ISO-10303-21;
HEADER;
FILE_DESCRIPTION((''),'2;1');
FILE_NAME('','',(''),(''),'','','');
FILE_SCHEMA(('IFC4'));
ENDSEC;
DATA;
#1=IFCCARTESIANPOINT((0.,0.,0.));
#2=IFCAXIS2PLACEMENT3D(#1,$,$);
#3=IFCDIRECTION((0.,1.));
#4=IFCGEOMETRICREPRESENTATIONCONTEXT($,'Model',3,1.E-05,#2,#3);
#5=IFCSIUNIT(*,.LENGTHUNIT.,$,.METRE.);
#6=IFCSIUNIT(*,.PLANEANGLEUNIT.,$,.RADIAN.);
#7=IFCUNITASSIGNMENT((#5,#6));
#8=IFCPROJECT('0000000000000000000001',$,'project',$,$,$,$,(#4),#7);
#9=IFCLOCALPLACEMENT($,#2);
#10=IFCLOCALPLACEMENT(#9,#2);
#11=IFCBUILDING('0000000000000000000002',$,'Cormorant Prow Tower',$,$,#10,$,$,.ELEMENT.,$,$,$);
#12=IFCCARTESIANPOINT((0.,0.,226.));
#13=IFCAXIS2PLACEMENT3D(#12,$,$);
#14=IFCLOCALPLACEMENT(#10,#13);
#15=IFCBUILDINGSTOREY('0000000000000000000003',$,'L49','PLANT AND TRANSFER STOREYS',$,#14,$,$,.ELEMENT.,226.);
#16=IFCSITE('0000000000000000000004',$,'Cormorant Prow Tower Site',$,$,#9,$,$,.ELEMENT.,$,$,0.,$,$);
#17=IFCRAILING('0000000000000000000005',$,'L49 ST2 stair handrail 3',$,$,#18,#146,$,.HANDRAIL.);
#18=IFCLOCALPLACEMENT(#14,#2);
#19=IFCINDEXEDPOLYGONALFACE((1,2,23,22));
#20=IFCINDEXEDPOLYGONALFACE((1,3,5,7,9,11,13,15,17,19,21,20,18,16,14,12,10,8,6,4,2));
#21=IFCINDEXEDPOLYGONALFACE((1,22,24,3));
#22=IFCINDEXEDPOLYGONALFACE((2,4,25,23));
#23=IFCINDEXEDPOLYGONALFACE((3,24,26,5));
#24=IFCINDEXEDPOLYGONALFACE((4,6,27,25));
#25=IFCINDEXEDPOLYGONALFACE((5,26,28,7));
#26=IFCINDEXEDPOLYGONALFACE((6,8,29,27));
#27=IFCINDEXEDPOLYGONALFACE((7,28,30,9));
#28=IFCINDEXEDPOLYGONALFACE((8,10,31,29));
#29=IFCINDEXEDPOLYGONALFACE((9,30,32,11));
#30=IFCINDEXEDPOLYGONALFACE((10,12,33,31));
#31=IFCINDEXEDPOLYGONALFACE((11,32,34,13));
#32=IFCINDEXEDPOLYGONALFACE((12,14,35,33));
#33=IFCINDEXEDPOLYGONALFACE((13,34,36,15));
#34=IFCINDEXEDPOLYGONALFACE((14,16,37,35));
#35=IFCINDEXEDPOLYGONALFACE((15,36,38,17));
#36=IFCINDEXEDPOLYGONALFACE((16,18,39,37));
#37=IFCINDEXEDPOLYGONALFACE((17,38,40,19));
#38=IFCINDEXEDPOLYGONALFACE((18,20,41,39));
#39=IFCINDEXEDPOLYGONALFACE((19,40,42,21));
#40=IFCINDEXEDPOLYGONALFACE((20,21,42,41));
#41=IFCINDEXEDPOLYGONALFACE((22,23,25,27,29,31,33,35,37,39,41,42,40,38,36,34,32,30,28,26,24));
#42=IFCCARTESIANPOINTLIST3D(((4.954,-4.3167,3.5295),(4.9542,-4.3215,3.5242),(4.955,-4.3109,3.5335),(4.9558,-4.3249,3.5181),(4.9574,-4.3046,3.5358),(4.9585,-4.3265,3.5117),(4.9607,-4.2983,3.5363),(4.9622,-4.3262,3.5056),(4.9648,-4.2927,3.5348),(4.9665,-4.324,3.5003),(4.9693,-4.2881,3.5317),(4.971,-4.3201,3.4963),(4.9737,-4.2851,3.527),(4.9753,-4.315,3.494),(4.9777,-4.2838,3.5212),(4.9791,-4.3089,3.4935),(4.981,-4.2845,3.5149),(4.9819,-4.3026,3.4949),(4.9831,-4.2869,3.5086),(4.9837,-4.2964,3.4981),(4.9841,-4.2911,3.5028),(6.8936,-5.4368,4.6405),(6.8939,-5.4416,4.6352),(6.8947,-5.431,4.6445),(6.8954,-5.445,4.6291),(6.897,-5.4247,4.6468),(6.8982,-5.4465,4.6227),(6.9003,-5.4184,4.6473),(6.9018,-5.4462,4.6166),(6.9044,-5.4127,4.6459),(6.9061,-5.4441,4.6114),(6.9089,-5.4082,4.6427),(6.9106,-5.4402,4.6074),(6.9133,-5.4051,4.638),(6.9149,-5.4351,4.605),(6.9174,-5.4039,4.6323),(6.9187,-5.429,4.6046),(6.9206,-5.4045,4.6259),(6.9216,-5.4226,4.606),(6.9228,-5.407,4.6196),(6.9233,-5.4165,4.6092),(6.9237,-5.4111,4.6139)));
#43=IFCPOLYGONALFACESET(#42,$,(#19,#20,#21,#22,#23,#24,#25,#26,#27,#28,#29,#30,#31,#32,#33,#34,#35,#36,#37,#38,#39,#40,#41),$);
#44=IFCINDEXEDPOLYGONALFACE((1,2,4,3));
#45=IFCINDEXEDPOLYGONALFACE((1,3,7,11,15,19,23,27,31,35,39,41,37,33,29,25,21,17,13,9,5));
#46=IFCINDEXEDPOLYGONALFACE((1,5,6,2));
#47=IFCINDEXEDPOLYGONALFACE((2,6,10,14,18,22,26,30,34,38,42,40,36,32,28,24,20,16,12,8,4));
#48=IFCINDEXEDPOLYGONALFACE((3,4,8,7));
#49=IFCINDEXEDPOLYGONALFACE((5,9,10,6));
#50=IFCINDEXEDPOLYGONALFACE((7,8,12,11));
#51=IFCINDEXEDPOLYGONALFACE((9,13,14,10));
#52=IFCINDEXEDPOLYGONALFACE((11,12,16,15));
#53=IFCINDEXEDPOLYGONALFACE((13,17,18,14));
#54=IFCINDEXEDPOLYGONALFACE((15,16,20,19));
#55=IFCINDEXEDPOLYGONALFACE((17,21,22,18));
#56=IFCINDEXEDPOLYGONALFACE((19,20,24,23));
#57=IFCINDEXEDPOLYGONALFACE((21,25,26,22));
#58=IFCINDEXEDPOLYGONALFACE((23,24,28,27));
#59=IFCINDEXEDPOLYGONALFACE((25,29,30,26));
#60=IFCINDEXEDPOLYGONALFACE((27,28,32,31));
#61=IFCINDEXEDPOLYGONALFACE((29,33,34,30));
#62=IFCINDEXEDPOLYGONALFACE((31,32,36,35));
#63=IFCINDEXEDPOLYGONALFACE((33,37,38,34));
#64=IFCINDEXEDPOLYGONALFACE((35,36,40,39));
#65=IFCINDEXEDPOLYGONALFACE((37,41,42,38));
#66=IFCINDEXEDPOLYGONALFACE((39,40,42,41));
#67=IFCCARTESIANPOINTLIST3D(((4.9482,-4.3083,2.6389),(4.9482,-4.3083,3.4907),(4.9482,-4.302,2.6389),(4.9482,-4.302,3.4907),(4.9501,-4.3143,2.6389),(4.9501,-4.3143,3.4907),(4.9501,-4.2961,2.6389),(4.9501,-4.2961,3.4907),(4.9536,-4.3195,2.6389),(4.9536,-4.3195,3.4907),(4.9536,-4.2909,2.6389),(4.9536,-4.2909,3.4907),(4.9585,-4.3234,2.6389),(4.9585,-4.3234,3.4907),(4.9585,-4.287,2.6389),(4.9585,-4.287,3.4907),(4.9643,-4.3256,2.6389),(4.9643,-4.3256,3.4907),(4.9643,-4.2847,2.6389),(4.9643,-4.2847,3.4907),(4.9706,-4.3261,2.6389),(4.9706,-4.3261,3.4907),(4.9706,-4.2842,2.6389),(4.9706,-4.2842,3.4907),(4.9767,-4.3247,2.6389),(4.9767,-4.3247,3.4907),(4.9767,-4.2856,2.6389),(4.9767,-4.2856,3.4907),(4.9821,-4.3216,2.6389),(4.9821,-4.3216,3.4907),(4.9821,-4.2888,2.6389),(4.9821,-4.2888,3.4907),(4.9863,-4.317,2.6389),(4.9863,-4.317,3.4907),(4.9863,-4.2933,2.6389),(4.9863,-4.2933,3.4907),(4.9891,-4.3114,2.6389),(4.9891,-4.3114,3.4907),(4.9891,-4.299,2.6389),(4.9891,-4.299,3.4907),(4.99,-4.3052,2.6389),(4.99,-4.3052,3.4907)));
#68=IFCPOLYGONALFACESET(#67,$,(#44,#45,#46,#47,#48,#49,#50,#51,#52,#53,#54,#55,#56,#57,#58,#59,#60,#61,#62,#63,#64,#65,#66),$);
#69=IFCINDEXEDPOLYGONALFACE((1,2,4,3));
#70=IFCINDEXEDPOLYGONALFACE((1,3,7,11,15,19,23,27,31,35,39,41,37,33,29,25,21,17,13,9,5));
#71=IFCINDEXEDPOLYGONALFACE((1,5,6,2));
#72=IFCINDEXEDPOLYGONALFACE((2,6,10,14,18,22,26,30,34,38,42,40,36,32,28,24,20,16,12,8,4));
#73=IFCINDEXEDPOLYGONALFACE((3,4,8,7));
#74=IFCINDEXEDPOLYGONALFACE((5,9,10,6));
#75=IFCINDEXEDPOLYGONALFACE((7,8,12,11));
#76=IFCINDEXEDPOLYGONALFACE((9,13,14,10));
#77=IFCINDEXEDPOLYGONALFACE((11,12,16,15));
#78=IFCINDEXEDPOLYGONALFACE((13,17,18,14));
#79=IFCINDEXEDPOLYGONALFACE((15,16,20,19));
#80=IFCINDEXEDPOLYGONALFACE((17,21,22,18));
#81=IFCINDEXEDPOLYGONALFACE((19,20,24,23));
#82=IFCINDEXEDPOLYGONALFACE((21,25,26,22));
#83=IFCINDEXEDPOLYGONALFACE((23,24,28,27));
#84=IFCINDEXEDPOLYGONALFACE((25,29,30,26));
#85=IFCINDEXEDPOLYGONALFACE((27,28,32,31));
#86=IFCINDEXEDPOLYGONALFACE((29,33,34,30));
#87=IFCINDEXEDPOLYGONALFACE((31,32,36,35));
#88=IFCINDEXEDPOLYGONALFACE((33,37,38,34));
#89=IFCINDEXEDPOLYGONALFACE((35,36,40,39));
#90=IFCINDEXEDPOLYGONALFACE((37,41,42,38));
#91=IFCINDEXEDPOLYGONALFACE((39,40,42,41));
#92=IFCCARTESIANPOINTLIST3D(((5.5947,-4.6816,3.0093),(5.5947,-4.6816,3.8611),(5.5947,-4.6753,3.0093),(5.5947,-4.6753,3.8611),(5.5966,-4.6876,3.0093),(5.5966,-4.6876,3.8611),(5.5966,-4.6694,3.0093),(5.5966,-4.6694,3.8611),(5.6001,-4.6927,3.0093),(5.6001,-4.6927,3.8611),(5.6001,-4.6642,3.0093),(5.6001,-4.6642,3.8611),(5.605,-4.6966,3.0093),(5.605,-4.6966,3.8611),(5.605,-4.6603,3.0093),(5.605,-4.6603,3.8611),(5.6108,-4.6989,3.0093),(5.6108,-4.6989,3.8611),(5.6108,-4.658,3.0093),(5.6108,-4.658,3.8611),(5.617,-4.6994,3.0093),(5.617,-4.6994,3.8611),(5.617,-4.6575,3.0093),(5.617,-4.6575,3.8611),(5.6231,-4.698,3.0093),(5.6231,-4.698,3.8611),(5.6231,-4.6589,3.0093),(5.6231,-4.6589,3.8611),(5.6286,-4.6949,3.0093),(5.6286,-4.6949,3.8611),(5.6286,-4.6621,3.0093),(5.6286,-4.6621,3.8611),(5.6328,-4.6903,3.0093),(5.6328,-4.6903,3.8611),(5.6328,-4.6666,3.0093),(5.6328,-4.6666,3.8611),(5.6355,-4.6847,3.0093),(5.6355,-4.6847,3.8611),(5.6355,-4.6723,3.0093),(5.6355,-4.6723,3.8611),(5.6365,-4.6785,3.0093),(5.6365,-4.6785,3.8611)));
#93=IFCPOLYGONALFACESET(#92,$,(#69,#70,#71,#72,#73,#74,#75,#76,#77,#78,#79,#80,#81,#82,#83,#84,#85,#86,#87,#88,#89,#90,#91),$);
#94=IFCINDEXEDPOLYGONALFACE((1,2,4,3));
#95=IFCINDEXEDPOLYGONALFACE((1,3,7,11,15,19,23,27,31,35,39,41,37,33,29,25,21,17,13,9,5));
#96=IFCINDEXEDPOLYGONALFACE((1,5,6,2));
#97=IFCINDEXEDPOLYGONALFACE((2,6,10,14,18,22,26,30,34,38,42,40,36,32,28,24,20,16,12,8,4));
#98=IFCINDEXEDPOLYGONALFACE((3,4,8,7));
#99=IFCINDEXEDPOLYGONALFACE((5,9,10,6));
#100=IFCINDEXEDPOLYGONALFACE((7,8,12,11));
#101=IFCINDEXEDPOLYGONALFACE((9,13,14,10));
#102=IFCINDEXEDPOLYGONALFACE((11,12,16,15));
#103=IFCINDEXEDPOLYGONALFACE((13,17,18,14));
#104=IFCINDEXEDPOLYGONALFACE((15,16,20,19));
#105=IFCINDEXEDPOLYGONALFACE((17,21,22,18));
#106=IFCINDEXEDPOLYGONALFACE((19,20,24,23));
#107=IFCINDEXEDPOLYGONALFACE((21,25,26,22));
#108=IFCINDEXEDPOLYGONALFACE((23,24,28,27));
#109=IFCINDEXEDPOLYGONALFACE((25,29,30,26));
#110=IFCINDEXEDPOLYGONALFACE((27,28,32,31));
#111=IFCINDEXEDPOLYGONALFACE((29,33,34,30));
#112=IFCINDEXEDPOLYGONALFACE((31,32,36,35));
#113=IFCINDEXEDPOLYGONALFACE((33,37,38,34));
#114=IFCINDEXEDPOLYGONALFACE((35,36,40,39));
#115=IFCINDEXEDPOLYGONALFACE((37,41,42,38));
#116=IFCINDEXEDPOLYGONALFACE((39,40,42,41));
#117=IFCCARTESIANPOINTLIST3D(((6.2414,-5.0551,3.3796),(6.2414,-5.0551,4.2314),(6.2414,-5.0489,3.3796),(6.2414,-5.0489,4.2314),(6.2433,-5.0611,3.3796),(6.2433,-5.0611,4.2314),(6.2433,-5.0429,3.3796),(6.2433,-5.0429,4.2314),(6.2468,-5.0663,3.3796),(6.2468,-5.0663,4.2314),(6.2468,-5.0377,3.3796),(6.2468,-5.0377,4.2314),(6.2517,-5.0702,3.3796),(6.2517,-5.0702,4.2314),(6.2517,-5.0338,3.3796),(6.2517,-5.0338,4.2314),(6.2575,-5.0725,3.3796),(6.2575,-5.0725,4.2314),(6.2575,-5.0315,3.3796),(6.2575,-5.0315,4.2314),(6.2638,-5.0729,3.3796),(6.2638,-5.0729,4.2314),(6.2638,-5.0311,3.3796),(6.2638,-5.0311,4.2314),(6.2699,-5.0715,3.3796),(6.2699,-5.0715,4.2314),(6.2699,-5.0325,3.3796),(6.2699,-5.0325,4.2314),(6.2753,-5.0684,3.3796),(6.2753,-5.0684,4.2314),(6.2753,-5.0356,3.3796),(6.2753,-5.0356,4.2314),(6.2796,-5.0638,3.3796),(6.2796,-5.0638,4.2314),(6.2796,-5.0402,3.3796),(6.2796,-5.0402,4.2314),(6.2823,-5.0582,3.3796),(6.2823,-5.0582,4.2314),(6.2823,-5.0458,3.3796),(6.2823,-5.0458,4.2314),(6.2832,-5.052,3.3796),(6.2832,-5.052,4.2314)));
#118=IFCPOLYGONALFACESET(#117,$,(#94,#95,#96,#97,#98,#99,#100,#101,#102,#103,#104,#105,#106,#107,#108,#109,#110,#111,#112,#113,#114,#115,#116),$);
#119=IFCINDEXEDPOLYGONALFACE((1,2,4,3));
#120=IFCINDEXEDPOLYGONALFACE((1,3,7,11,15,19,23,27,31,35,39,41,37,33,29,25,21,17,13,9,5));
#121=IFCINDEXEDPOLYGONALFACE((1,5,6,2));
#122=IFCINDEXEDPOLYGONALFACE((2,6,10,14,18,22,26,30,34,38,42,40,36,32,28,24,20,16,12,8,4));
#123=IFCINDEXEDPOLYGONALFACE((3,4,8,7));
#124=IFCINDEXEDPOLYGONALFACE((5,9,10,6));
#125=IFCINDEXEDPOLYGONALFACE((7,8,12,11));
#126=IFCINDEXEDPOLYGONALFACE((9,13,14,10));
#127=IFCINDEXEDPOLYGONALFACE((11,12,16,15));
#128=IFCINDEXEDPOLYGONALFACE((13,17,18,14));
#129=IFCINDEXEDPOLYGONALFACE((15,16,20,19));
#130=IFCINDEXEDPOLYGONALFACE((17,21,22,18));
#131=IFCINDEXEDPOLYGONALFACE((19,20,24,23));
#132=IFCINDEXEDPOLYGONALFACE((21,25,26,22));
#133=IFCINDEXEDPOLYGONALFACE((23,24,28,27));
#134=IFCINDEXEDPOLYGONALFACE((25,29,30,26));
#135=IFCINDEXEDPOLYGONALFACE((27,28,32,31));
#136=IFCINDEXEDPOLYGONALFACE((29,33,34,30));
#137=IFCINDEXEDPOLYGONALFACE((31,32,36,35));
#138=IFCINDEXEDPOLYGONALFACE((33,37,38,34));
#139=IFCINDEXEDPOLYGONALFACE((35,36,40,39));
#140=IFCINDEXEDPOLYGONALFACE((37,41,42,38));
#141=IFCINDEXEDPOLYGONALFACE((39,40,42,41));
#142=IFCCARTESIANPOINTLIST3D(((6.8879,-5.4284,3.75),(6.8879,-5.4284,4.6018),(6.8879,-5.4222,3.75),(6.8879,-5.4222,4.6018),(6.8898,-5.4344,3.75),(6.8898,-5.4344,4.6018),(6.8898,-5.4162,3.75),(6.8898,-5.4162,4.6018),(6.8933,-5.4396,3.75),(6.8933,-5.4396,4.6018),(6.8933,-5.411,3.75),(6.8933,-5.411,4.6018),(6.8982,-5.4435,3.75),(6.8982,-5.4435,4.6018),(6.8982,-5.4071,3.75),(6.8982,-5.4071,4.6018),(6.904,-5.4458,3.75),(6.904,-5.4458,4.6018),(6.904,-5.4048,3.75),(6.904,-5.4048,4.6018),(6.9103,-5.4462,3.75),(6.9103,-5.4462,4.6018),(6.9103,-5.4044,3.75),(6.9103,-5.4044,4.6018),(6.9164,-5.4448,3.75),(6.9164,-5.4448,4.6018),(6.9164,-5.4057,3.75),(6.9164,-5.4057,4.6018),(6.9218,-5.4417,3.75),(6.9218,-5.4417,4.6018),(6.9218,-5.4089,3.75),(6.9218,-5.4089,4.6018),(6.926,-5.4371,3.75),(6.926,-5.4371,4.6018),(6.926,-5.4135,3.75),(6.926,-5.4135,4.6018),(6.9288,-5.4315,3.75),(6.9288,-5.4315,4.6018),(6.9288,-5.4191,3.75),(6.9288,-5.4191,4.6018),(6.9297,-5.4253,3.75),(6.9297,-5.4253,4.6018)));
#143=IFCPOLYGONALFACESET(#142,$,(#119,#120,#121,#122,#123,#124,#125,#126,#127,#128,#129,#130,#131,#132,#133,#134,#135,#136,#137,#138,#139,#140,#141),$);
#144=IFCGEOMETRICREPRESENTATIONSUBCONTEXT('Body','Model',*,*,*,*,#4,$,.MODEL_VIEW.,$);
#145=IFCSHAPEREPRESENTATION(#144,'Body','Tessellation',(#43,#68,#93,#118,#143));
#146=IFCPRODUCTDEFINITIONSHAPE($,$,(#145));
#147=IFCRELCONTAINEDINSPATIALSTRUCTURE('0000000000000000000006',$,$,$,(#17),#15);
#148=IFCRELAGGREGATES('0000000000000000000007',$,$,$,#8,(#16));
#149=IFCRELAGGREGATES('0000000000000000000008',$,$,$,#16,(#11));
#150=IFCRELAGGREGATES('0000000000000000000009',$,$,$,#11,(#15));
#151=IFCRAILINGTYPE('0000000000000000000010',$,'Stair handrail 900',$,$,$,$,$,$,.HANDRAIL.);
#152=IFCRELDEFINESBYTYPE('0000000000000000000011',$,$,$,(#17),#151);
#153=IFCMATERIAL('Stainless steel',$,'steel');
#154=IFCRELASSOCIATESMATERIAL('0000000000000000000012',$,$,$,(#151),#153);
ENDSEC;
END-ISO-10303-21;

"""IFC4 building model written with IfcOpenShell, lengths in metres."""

from ifc_helpers import new_model, si_unit, direction, frame, origin, origin_2d, place, context, subcontext, project, spatial, circle, extrude, material, type_object, element, save


model = new_model("IFC4")

# Units and contexts
model_context = context("Model", 3, precision=1e-05, world=origin(), true_north=direction((0.0, 1.0)))
body_context = subcontext(model_context, "Body", "Model", "MODEL_VIEW")
ifc_project = project(units=[si_unit("LENGTHUNIT", "METRE"), si_unit("PLANEANGLEUNIT", "RADIAN")], contexts=[model_context])

# Site, building, storey
site_placement = place(None, origin())
site = spatial("IfcSite", under=ifc_project, at=site_placement, Name="Cormorant Prow Tower Site", CompositionType="ELEMENT", RefElevation=0.0)
building_placement = place(site_placement, origin())
building = spatial("IfcBuilding", under=site, at=building_placement, Name="Cormorant Prow Tower", CompositionType="ELEMENT")
storey_placement = place(building_placement, frame((0.0, 0.0, 226.0)))
storey = spatial("IfcBuildingStorey", under=building, at=storey_placement, Name="L49", Description="PLANT AND TRANSFER STOREYS", CompositionType="ELEMENT", Elevation=226.0)

# Railing
ifc_material_1 = material(Name="Stainless steel", Category="steel")
railing_type_1 = type_object("IfcRailingType", Name="Stair handrail 900", PredefinedType="HANDRAIL", material=ifc_material_1)
railing_1_placement = place(storey_placement, frame((4.969, -4.3052, 2.6389)))
element("IfcRailing", 1, at=railing_1_placement, inside=storey, type_object=railing_type_1, Name="L49 ST2 stair handrail 3", PredefinedType="HANDRAIL", context=body_context, shape_type="SweptSolid", body=[
    extrude(circle(Radius=0.0239, at=origin_2d()), frame((0.0, 0.0, 0.876), z_axis=(0.77578, -0.44799, 0.444377), x_axis=(0.500078, 0.86598, 0.0)), (0.0, 0.0, 1.0), 2.5002),
    extrude(circle(Radius=0.021, at=origin_2d()), origin(), (0.0, 0.0, 1.0), 0.8518),
    extrude(circle(Radius=0.021, at=origin_2d()), frame((0.6465, -0.3733, 0.3704)), (0.0, 0.0, 1.0), 0.8518),
    extrude(circle(Radius=0.021, at=origin_2d()), frame((1.2932, -0.7468, 0.7407)), (0.0, 0.0, 1.0), 0.8518),
    extrude(circle(Radius=0.021, at=origin_2d()), frame((1.9397, -1.1201, 1.1111)), (0.0, 0.0, 1.0), 0.8518),
])

save(model, "model.ifc")
